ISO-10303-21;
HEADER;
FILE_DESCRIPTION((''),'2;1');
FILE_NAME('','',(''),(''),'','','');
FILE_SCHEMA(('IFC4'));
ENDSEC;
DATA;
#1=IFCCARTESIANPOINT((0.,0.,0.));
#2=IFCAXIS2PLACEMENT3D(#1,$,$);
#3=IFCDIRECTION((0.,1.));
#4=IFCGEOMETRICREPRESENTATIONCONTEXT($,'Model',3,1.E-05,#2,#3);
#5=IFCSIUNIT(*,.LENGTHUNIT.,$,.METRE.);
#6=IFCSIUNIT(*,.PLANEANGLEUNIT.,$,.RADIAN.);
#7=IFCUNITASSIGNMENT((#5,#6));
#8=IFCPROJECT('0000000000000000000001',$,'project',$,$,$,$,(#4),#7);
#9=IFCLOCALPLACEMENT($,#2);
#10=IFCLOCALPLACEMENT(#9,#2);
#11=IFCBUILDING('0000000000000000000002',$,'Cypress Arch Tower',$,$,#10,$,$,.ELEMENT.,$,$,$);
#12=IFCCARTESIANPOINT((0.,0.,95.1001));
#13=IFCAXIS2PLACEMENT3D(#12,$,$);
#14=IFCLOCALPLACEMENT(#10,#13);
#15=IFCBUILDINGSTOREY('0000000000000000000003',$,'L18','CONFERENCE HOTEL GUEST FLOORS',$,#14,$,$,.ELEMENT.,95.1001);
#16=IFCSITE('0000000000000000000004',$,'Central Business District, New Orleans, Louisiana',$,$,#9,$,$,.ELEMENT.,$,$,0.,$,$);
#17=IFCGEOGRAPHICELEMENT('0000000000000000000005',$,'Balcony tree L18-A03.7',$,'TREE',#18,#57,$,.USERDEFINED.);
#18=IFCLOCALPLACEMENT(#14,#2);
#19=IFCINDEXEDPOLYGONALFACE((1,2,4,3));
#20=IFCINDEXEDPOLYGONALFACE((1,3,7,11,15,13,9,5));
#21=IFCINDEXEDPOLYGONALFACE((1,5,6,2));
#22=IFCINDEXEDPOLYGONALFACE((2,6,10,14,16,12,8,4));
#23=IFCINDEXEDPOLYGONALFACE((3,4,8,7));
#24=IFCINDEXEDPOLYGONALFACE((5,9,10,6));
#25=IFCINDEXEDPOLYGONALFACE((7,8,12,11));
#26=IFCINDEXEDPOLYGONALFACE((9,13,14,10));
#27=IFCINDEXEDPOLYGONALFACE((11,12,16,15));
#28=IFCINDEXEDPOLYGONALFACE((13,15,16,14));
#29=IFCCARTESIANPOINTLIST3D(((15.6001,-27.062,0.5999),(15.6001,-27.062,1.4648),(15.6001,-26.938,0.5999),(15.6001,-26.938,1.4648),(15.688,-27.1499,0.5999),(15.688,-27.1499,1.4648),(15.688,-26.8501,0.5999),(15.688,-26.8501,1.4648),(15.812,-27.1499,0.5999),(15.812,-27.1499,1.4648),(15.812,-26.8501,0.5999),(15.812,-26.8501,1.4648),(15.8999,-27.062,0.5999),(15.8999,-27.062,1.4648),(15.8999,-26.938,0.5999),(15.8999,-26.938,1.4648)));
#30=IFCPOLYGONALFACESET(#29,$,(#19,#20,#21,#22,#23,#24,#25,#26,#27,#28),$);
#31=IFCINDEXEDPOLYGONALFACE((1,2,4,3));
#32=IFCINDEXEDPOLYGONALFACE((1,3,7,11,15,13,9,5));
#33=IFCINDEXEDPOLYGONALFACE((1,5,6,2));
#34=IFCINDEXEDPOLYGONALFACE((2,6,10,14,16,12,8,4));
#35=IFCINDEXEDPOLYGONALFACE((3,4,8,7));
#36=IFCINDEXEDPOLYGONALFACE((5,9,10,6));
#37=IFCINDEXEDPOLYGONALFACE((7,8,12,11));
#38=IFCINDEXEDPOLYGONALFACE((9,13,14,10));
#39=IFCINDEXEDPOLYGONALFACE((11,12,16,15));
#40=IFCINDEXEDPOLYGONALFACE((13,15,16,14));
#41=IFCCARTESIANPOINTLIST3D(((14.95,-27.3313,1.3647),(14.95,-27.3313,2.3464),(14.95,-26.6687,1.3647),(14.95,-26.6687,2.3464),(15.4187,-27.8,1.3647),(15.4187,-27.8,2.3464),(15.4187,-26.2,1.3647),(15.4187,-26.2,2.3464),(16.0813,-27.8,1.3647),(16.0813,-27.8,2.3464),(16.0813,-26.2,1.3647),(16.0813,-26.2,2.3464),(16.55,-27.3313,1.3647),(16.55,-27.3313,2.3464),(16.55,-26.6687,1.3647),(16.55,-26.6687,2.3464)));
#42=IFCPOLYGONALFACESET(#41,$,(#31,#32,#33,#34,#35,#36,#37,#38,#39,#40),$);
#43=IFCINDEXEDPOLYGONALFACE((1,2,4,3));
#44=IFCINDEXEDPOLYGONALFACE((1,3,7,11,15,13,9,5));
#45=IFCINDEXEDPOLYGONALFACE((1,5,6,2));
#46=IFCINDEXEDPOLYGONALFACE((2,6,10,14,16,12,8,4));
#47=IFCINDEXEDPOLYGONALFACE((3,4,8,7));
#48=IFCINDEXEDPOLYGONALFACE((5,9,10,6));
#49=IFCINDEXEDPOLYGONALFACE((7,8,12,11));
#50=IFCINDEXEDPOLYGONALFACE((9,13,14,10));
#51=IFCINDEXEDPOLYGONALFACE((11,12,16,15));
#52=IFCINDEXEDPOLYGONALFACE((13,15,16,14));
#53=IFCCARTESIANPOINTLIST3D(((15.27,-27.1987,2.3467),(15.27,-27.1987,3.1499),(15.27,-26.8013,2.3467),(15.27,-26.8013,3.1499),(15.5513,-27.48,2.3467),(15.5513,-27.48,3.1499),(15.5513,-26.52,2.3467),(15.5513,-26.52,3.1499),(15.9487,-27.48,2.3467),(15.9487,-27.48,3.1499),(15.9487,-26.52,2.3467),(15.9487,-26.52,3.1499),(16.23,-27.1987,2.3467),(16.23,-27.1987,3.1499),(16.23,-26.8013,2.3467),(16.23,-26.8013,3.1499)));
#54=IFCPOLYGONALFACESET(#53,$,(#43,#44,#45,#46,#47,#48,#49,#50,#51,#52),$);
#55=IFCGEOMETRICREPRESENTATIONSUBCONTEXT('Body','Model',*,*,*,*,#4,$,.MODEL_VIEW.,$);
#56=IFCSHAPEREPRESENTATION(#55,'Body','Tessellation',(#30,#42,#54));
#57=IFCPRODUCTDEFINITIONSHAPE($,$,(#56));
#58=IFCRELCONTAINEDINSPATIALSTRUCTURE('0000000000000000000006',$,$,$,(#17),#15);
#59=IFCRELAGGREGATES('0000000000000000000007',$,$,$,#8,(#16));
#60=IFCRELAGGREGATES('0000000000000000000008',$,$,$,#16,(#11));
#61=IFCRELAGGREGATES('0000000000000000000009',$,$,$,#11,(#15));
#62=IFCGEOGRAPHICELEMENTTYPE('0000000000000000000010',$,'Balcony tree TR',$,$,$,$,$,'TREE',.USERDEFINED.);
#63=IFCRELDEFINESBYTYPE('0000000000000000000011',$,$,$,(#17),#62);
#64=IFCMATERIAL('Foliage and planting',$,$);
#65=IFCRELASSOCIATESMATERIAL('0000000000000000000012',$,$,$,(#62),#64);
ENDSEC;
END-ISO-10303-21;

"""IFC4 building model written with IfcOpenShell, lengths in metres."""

from ifc_helpers import new_model, si_unit, direction, frame, origin, place, context, subcontext, project, spatial, polyline, outline, extrude, material, type_object, element, save


model = new_model("IFC4")

# Units and contexts
model_context = context("Model", 3, precision=1e-05, world=origin(), true_north=direction((0.0, 1.0)))
body_context = subcontext(model_context, "Body", "Model", "MODEL_VIEW")
ifc_project = project(units=[si_unit("LENGTHUNIT", "METRE"), si_unit("PLANEANGLEUNIT", "RADIAN")], contexts=[model_context])

# Site, building, storey
site_placement = place(None, origin())
site = spatial("IfcSite", under=ifc_project, at=site_placement, Name="Central Business District, New Orleans, Louisiana", CompositionType="ELEMENT", RefElevation=0.0)
building_placement = place(site_placement, origin())
building = spatial("IfcBuilding", under=site, at=building_placement, Name="Cypress Arch Tower", CompositionType="ELEMENT")
storey_placement = place(building_placement, frame((0.0, 0.0, 95.1001)))
storey = spatial("IfcBuildingStorey", under=building, at=storey_placement, Name="L18", Description="CONFERENCE HOTEL GUEST FLOORS", CompositionType="ELEMENT", Elevation=95.1001)

# Geographic element
ifc_material_1 = material(Name="Foliage and planting")
geographic_element_type = type_object("IfcGeographicElementType", Name="Balcony tree TR", ElementType="TREE", PredefinedType="USERDEFINED", material=ifc_material_1)
geographic_element_placement = place(storey_placement, frame((15.75, -27.0, 0.5999), z_axis=(0.0, 0.0, 1.0), x_axis=(1.0, 0.0, 0.0)))
element("IfcGeographicElement", 1, at=geographic_element_placement, inside=storey, type_object=geographic_element_type, Name="Balcony tree L18-A03.7", ObjectType="TREE", PredefinedType="USERDEFINED", context=body_context, shape_type="SweptSolid", body=[
    extrude(outline(polyline([(0.1499, 0.062), (0.062, 0.1499), (-0.062, 0.1499), (-0.1499, 0.062), (-0.1499, -0.062), (-0.062, -0.1499), (0.062, -0.1499), (0.1499, -0.062), (0.1499, 0.062)])), origin(), (0.0, 0.0, 1.0), 0.865),
    extrude(outline(polyline([(0.8, 0.3313), (0.3313, 0.8), (-0.3313, 0.8), (-0.8, 0.3313), (-0.8, -0.3313), (-0.3313, -0.8), (0.3313, -0.8), (0.8, -0.3313), (0.8, 0.3313)])), frame((0.0, 0.0, 0.7649)), (0.0, 0.0, 1.0), 0.9817),
    extrude(outline(polyline([(0.48, 0.1987), (0.1987, 0.48), (-0.1987, 0.48), (-0.48, 0.1987), (-0.48, -0.1987), (-0.1987, -0.48), (0.1987, -0.48), (0.48, -0.1987), (0.48, 0.1987)])), frame((0.0, 0.0, 1.7468)), (0.0, 0.0, 1.0), 0.8032),
])

save(model, "model.ifc")
